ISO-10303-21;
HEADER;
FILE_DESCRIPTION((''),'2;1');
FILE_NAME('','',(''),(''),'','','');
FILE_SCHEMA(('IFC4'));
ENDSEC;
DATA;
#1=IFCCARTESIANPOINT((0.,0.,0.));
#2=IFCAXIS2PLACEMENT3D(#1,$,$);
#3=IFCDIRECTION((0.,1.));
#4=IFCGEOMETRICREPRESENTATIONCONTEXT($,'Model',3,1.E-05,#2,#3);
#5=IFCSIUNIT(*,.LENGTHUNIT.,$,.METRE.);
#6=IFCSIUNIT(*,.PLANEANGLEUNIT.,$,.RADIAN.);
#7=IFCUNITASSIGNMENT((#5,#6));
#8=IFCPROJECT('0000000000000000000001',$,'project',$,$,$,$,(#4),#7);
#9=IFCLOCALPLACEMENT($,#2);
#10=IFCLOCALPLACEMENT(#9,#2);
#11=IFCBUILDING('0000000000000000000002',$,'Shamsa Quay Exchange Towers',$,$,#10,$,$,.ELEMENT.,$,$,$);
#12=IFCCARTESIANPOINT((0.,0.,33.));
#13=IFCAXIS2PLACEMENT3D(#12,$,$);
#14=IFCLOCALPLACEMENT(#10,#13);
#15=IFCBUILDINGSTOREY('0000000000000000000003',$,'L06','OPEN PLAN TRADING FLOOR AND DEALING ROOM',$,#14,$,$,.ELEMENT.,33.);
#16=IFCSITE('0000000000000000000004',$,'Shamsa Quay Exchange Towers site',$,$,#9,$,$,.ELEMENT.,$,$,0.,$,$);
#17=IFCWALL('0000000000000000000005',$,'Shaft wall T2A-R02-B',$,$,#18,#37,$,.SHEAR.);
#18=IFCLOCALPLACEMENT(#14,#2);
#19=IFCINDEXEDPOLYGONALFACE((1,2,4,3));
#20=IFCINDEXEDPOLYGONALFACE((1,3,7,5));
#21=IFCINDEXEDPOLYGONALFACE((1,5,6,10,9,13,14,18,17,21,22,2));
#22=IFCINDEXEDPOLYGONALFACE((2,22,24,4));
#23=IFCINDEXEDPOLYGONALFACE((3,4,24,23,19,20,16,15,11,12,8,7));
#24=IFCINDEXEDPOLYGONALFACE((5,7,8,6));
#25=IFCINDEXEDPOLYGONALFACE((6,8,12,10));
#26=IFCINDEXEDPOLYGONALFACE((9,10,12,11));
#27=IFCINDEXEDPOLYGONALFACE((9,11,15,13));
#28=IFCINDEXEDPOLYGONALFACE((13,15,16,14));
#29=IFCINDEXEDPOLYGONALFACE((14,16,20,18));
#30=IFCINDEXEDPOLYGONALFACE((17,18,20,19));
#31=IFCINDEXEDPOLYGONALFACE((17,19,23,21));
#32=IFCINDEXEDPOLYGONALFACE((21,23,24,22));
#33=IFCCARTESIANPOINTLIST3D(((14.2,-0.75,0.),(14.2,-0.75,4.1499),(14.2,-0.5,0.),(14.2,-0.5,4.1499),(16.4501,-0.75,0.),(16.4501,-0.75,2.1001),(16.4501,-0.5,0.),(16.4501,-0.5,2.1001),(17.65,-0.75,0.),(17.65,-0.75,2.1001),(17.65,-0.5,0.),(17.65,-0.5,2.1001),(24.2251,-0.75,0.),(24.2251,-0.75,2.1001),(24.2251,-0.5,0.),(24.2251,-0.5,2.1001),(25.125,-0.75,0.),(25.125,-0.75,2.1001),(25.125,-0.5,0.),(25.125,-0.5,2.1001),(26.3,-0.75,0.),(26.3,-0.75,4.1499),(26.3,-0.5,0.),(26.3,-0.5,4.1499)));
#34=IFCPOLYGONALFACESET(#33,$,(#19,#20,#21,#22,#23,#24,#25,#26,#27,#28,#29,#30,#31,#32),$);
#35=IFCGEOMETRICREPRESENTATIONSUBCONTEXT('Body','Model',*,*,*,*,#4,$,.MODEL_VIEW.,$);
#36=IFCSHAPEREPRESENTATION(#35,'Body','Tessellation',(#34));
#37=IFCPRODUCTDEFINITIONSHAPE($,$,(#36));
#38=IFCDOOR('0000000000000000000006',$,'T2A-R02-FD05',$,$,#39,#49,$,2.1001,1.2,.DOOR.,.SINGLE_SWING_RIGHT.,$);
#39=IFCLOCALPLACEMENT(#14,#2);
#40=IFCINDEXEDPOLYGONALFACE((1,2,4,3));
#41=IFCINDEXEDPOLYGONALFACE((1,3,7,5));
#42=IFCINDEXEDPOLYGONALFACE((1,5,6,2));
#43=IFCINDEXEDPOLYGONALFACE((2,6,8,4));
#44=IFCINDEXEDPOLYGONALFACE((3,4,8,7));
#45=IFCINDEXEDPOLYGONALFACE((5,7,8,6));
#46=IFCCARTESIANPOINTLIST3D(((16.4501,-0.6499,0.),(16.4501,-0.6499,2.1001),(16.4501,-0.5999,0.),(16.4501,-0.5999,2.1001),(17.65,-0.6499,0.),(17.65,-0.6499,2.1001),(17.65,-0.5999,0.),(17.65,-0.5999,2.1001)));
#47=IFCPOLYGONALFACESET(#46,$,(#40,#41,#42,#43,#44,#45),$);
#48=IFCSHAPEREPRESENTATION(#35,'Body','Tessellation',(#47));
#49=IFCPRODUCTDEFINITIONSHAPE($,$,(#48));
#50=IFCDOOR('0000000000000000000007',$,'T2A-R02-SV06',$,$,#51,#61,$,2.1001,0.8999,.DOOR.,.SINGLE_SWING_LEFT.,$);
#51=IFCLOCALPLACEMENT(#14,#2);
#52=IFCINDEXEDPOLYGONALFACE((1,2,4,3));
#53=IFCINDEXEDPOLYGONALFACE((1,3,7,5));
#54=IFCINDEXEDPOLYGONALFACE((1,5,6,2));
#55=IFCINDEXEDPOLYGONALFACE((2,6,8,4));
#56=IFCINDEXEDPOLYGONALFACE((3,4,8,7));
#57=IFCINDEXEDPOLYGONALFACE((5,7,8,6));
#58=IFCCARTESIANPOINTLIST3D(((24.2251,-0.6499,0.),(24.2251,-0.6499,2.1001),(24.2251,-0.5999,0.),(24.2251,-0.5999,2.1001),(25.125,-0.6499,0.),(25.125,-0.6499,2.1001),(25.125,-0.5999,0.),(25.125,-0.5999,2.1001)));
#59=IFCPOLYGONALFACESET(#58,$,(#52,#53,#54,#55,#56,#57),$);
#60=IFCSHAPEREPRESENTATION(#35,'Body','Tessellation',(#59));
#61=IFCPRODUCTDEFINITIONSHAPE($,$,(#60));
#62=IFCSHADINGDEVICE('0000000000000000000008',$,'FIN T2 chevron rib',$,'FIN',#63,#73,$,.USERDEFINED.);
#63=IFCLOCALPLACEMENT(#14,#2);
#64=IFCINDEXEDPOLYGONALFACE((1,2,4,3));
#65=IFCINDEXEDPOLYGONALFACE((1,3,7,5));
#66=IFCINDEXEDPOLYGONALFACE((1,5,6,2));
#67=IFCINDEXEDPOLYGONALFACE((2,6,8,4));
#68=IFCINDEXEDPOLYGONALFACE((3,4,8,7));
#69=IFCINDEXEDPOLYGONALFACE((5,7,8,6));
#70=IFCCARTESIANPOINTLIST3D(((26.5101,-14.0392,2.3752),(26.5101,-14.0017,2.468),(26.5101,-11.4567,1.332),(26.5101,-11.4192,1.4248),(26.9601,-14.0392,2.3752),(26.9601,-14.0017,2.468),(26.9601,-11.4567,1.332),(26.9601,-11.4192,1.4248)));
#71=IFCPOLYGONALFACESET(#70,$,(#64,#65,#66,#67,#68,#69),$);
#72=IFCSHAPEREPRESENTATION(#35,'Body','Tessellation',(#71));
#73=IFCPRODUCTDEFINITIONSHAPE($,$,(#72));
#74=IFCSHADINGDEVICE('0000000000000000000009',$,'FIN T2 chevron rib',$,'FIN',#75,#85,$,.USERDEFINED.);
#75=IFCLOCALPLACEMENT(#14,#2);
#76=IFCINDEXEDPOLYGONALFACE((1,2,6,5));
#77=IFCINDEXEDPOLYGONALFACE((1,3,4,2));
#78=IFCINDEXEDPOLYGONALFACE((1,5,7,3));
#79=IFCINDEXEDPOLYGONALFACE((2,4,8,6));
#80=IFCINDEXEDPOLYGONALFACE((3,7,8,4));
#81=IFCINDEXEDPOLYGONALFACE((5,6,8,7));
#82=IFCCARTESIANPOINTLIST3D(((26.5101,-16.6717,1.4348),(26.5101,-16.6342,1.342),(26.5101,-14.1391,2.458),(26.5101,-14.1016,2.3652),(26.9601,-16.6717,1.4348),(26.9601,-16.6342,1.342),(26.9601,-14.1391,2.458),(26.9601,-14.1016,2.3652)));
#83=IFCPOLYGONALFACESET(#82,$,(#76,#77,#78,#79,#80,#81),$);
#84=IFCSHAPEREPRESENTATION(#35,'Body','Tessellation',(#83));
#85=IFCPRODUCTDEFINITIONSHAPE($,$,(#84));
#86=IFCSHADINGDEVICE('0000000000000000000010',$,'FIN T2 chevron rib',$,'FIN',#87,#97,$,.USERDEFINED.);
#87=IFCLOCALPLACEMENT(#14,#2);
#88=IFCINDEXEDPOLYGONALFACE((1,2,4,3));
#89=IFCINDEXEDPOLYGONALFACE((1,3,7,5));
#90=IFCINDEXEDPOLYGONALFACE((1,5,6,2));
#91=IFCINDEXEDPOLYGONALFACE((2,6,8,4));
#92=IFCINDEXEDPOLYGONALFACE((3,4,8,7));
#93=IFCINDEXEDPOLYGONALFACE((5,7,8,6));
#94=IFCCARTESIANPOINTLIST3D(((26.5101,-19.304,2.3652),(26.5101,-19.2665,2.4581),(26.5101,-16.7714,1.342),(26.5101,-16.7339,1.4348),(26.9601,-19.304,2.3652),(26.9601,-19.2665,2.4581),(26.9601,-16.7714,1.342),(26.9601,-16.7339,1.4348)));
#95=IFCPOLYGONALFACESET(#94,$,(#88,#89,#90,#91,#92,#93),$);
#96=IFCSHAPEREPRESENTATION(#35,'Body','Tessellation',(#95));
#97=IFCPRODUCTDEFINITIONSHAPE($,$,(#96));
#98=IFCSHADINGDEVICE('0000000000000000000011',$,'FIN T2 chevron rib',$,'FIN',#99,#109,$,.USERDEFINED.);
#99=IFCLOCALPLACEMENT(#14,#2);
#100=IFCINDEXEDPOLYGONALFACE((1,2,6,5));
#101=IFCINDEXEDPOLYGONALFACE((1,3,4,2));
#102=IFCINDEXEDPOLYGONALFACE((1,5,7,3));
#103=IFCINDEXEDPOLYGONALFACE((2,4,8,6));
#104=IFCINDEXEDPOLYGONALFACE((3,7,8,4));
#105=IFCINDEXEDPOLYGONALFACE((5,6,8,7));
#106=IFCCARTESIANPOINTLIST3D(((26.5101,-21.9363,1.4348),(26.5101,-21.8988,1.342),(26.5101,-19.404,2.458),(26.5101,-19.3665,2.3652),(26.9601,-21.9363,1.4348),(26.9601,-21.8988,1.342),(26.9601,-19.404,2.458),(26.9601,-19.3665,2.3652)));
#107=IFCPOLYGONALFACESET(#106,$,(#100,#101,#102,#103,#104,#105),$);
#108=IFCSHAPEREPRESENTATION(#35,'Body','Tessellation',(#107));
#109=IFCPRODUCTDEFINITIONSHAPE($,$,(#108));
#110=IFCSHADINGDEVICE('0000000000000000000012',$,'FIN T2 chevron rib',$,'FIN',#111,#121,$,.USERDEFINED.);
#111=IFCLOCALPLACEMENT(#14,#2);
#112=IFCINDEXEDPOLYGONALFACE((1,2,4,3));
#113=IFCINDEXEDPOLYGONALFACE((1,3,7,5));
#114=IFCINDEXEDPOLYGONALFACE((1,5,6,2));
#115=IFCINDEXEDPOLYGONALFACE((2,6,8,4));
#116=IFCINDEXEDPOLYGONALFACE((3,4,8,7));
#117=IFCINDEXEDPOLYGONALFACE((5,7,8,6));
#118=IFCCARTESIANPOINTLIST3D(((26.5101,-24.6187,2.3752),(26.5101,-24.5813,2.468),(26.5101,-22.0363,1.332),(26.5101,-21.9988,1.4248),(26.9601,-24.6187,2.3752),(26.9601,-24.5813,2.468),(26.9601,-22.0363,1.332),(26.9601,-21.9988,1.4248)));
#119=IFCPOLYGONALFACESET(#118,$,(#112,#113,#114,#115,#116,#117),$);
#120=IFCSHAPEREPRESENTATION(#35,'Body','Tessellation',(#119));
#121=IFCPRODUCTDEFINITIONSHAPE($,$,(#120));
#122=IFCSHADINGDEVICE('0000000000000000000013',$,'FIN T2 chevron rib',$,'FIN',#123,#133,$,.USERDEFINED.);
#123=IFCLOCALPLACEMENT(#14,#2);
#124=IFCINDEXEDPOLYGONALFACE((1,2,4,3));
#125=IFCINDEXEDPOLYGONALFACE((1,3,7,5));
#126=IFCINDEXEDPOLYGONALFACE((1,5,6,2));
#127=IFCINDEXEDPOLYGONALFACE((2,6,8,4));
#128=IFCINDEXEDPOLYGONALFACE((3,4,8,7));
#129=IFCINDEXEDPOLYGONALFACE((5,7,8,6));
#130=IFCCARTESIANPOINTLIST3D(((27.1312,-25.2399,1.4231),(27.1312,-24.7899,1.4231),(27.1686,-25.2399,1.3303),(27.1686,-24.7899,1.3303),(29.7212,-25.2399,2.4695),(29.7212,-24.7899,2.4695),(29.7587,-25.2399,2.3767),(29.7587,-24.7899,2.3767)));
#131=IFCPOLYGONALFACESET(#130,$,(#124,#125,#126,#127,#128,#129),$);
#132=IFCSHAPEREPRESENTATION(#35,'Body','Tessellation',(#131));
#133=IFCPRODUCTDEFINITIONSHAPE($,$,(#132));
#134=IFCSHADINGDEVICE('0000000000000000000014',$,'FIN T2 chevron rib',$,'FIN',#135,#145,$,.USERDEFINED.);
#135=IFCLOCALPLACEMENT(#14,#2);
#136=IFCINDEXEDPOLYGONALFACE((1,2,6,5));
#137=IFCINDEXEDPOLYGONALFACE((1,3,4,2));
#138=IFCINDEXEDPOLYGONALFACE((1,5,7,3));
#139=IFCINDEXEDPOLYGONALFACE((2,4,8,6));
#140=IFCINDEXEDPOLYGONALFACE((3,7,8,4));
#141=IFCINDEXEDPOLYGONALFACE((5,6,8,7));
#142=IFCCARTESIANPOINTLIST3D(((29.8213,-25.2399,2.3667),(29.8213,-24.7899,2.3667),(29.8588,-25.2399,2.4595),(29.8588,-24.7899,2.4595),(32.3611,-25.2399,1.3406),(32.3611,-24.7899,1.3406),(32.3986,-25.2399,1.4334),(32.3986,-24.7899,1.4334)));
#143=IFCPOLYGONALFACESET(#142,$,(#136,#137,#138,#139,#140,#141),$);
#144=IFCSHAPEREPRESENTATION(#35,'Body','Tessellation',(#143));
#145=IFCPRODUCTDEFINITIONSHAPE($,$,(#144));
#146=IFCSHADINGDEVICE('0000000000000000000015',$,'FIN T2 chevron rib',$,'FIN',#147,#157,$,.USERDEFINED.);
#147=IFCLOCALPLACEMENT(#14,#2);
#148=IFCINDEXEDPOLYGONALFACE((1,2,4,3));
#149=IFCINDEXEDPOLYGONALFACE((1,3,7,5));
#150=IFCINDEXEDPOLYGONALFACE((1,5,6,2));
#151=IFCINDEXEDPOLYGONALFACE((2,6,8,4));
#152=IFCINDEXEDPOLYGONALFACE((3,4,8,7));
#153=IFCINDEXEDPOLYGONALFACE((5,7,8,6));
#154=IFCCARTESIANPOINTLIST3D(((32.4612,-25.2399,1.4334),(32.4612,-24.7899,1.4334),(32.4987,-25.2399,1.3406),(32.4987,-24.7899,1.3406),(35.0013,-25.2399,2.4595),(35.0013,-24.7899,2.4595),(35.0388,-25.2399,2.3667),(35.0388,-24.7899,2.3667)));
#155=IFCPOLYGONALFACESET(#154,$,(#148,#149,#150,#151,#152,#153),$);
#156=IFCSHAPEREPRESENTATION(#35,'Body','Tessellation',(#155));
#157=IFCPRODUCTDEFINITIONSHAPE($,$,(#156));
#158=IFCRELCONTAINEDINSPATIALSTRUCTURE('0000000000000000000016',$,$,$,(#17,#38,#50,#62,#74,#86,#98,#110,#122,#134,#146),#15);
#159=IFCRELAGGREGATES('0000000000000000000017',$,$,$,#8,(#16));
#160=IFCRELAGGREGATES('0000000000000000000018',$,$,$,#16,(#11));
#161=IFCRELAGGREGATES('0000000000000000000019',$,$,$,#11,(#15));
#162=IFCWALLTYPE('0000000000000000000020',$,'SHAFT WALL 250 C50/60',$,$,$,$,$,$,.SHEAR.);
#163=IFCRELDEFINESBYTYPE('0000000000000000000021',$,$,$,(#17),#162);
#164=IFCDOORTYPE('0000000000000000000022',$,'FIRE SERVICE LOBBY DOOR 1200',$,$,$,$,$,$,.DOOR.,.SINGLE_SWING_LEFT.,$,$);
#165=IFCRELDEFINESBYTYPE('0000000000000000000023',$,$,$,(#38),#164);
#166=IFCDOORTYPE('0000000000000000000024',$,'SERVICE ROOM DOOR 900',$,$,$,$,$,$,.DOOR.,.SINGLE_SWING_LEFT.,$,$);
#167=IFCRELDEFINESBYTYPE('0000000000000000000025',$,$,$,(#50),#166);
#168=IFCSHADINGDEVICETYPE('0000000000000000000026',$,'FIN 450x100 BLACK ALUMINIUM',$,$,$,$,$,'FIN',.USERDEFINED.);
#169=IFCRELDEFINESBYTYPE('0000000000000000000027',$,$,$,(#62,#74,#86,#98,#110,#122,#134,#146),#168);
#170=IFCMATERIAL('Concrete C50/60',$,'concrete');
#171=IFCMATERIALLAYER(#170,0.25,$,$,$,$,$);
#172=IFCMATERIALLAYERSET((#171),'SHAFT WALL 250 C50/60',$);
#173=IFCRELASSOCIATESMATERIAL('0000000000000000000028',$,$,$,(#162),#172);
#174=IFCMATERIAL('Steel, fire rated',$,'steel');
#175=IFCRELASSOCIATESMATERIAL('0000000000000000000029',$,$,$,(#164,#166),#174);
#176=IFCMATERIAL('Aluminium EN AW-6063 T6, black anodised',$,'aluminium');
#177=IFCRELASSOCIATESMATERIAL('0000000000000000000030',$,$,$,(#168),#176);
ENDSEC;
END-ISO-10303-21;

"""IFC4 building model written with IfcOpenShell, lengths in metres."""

from ifc_helpers import new_model, si_unit, direction, frame, frame_2d, origin, origin_2d, place, context, subcontext, project, spatial, rectangle, extrude, material, layer, layer_set, material_profile, profile_set, type_object, element, fill, save


model = new_model("IFC4")

# Units and contexts
model_context = context("Model", 3, precision=1e-05, world=origin(), true_north=direction((0.0, 1.0)))
body_context = subcontext(model_context, "Body", "Model", "MODEL_VIEW")
ifc_project = project(units=[si_unit("LENGTHUNIT", "METRE"), si_unit("PLANEANGLEUNIT", "RADIAN")], contexts=[model_context])

# Site, building, storey
site_placement = place(None, origin())
site = spatial("IfcSite", under=ifc_project, at=site_placement, Name="Shamsa Quay Exchange Towers site", CompositionType="ELEMENT", RefElevation=0.0)
building_placement = place(site_placement, origin())
building = spatial("IfcBuilding", under=site, at=building_placement, Name="Shamsa Quay Exchange Towers", CompositionType="ELEMENT")
storey_placement = place(building_placement, frame((0.0, 0.0, 33.0)))
storey = spatial("IfcBuildingStorey", under=building, at=storey_placement, Name="L06", Description="OPEN PLAN TRADING FLOOR AND DEALING ROOM", CompositionType="ELEMENT", Elevation=33.0)

# Shared definitions
ifc_material_1 = material(Name="Aluminium EN AW-6063 T6, black anodised", Category="aluminium")

# Shared definitions
ifc_material_2 = material(Name="Concrete C50/60", Category="concrete")
ifc_layer_1 = layer(ifc_material_2, 0.25)
ifc_layer_set_1 = layer_set([ifc_layer_1], Name="SHAFT WALL 250 C50/60")
wall_type_1 = type_object("IfcWallType", Name="SHAFT WALL 250 C50/60", PredefinedType="SHEAR", material=ifc_layer_set_1)
ifc_material_3 = material(Name="Steel, fire rated", Category="steel")

# Wall, openings, doors
wall_1_placement = place(storey_placement, frame((26.3, -0.625, 0.0), z_axis=(0.0, 0.0, 1.0), x_axis=(-1.0, 0.0, 0.0)))
wall_1 = element("IfcWall", 1, at=wall_1_placement, inside=storey, type_object=wall_type_1, Name="Shaft wall T2A-R02-B", PredefinedType="SHEAR", context=body_context, shape_type="SweptSolid", body=[
    extrude(rectangle(XDim=12.1001, YDim=0.25, at=frame_2d((6.05, 0.0))), origin(), (0.0, 0.0, 1.0), 4.1499),
])
opening_1_placement = place(wall_1_placement, frame((8.6499, 0.0, 0.0)))
opening_1 = element("IfcOpeningElement", 2, at=opening_1_placement, cuts=wall_1, PredefinedType="OPENING", context=body_context, shape_type="SweptSolid", body=[
    extrude(rectangle(XDim=1.2, YDim=2.1001, at=frame_2d((0.6001, 1.05))), frame((0.0, 0.135, 0.0), z_axis=(0.0, -1.0, 0.0), x_axis=(1.0, 0.0, 0.0)), (0.0, 0.0, 1.0), 0.27),
])
opening_2_placement = place(wall_1_placement, frame((1.175, 0.0, 0.0)))
opening_2 = element("IfcOpeningElement", 3, at=opening_2_placement, cuts=wall_1, PredefinedType="OPENING", context=body_context, shape_type="SweptSolid", body=[
    extrude(rectangle(XDim=0.8999, YDim=2.1001, at=frame_2d((0.45, 1.05))), frame((0.0, 0.135, 0.0), z_axis=(0.0, -1.0, 0.0), x_axis=(1.0, 0.0, 0.0)), (0.0, 0.0, 1.0), 0.27),
])
door_type_1 = type_object("IfcDoorType", Name="FIRE SERVICE LOBBY DOOR 1200", OperationType="SINGLE_SWING_LEFT", PredefinedType="DOOR", material=ifc_material_3)
door_1_placement = place(opening_1_placement, origin())
door_1 = element("IfcDoor", 4, at=door_1_placement, inside=storey, type_object=door_type_1, Name="T2A-R02-FD05", OperationType="SINGLE_SWING_RIGHT", OverallHeight=2.1001, OverallWidth=1.2, PredefinedType="DOOR", context=body_context, shape_type="SweptSolid", body=[
    extrude(rectangle(XDim=1.2, YDim=2.1001, at=frame_2d((0.6001, 1.05))), frame((0.0, 0.0249, 0.0), z_axis=(0.0, -1.0, 0.0), x_axis=(1.0, 0.0, 0.0)), (0.0, 0.0, 1.0), 0.05),
])
fill(opening_1, door_1)
door_type_2 = type_object("IfcDoorType", Name="SERVICE ROOM DOOR 900", OperationType="SINGLE_SWING_LEFT", PredefinedType="DOOR", material=ifc_material_3)
door_2_placement = place(opening_2_placement, origin())
door_2 = element("IfcDoor", 5, at=door_2_placement, inside=storey, type_object=door_type_2, Name="T2A-R02-SV06", OperationType="SINGLE_SWING_LEFT", OverallHeight=2.1001, OverallWidth=0.8999, PredefinedType="DOOR", context=body_context, shape_type="SweptSolid", body=[
    extrude(rectangle(XDim=0.8999, YDim=2.1001, at=frame_2d((0.45, 1.05))), frame((0.0, 0.0249, 0.0), z_axis=(0.0, -1.0, 0.0), x_axis=(1.0, 0.0, 0.0)), (0.0, 0.0, 1.0), 0.05),
])
fill(opening_2, door_2)

# Shading devices
ifc_material_profile_1 = material_profile(ifc_material_1, rectangle(XDim=0.45, YDim=0.1001, at=origin_2d()), Name="FIN450x100")
ifc_profile_set_1 = profile_set([ifc_material_profile_1], Name="Aluminium EN AW-6063 T6, black anodised")
shading_device_type = type_object("IfcShadingDeviceType", Name="FIN 450x100 BLACK ALUMINIUM", ElementType="FIN", PredefinedType="USERDEFINED", material=ifc_profile_set_1)
shading_device_1_placement = place(storey_placement, frame((26.7351, -11.438, 1.3784), z_axis=(0.0, -0.927208, 0.374547), x_axis=(1.0, 0.0, 0.0)))
element("IfcShadingDevice", 6, at=shading_device_1_placement, inside=storey, type_object=shading_device_type, Name="FIN T2 chevron rib", ObjectType="FIN", PredefinedType="USERDEFINED", context=body_context, shape_type="SweptSolid", body=[
    extrude(rectangle(XDim=0.45, YDim=0.1001, at=origin_2d()), origin(), (0.0, 0.0, 1.0), 2.7852),
])
for number, where, z_axis, x_axis, name in (
    (7, (26.7351, -14.1204, 2.4116), (0.0, -0.927183, -0.374609), (1.0, 0.0, 0.0), "FIN T2 chevron rib"),
    (8, (26.7351, -16.7527, 1.3884), (0.0, -0.927183, 0.374609), (1.0, 0.0, 0.0), "FIN T2 chevron rib"),
):
    element("IfcShadingDevice", number, at=place(storey_placement, frame(where, z_axis=z_axis, x_axis=x_axis)), inside=storey, type_object=shading_device_type, Name=name, ObjectType="FIN", PredefinedType="USERDEFINED", context=body_context, shape_type="SweptSolid", body=[
        extrude(rectangle(XDim=0.45, YDim=0.1001, at=origin_2d()), origin(), (0.0, 0.0, 1.0), 2.7314),
    ])
shading_device_2_placement = place(storey_placement, frame((26.7351, -19.3853, 2.4116), z_axis=(0.0, -0.92717, -0.37464), x_axis=(1.0, 0.0, 0.0)))
element("IfcShadingDevice", 9, at=shading_device_2_placement, inside=storey, type_object=shading_device_type, Name="FIN T2 chevron rib", ObjectType="FIN", PredefinedType="USERDEFINED", context=body_context, shape_type="SweptSolid", body=[
    extrude(rectangle(XDim=0.45, YDim=0.1001, at=origin_2d()), origin(), (0.0, 0.0, 1.0), 2.7312),
])
shading_device_3_placement = place(storey_placement, frame((26.7351, -22.0176, 1.3784), z_axis=(0.0, -0.927208, 0.374547), x_axis=(1.0, 0.0, 0.0)))
element("IfcShadingDevice", 10, at=shading_device_3_placement, inside=storey, type_object=shading_device_type, Name="FIN T2 chevron rib", ObjectType="FIN", PredefinedType="USERDEFINED", context=body_context, shape_type="SweptSolid", body=[
    extrude(rectangle(XDim=0.45, YDim=0.1001, at=origin_2d()), origin(), (0.0, 0.0, 1.0), 2.7852),
])
shading_device_4_placement = place(storey_placement, frame((27.1499, -25.0149, 1.3767), z_axis=(0.927193, 0.0, 0.374583), x_axis=(0.0, 1.0, 0.0)))
element("IfcShadingDevice", 11, at=shading_device_4_placement, inside=storey, type_object=shading_device_type, Name="FIN T2 chevron rib", ObjectType="FIN", PredefinedType="USERDEFINED", context=body_context, shape_type="SweptSolid", body=[
    extrude(rectangle(XDim=0.45, YDim=0.1001, at=origin_2d()), origin(), (0.0, 0.0, 1.0), 2.7935),
])
shading_device_5_placement = place(storey_placement, frame((29.8401, -25.0149, 2.4131), z_axis=(0.927186, 0.0, -0.3746), x_axis=(0.0, 1.0, 0.0)))
element("IfcShadingDevice", 12, at=shading_device_5_placement, inside=storey, type_object=shading_device_type, Name="FIN T2 chevron rib", ObjectType="FIN", PredefinedType="USERDEFINED", context=body_context, shape_type="SweptSolid", body=[
    extrude(rectangle(XDim=0.45, YDim=0.1001, at=origin_2d()), origin(), (0.0, 0.0, 1.0), 2.7393),
])
shading_device_6_placement = place(storey_placement, frame((32.48, -25.0149, 1.387), z_axis=(0.927199, 0.0, 0.374569), x_axis=(0.0, 1.0, 0.0)))
element("IfcShadingDevice", 13, at=shading_device_6_placement, inside=storey, type_object=shading_device_type, Name="FIN T2 chevron rib", ObjectType="FIN", PredefinedType="USERDEFINED", context=body_context, shape_type="SweptSolid", body=[
    extrude(rectangle(XDim=0.45, YDim=0.1001, at=origin_2d()), origin(), (0.0, 0.0, 1.0), 2.7395),
])

save(model, "model.ifc")
